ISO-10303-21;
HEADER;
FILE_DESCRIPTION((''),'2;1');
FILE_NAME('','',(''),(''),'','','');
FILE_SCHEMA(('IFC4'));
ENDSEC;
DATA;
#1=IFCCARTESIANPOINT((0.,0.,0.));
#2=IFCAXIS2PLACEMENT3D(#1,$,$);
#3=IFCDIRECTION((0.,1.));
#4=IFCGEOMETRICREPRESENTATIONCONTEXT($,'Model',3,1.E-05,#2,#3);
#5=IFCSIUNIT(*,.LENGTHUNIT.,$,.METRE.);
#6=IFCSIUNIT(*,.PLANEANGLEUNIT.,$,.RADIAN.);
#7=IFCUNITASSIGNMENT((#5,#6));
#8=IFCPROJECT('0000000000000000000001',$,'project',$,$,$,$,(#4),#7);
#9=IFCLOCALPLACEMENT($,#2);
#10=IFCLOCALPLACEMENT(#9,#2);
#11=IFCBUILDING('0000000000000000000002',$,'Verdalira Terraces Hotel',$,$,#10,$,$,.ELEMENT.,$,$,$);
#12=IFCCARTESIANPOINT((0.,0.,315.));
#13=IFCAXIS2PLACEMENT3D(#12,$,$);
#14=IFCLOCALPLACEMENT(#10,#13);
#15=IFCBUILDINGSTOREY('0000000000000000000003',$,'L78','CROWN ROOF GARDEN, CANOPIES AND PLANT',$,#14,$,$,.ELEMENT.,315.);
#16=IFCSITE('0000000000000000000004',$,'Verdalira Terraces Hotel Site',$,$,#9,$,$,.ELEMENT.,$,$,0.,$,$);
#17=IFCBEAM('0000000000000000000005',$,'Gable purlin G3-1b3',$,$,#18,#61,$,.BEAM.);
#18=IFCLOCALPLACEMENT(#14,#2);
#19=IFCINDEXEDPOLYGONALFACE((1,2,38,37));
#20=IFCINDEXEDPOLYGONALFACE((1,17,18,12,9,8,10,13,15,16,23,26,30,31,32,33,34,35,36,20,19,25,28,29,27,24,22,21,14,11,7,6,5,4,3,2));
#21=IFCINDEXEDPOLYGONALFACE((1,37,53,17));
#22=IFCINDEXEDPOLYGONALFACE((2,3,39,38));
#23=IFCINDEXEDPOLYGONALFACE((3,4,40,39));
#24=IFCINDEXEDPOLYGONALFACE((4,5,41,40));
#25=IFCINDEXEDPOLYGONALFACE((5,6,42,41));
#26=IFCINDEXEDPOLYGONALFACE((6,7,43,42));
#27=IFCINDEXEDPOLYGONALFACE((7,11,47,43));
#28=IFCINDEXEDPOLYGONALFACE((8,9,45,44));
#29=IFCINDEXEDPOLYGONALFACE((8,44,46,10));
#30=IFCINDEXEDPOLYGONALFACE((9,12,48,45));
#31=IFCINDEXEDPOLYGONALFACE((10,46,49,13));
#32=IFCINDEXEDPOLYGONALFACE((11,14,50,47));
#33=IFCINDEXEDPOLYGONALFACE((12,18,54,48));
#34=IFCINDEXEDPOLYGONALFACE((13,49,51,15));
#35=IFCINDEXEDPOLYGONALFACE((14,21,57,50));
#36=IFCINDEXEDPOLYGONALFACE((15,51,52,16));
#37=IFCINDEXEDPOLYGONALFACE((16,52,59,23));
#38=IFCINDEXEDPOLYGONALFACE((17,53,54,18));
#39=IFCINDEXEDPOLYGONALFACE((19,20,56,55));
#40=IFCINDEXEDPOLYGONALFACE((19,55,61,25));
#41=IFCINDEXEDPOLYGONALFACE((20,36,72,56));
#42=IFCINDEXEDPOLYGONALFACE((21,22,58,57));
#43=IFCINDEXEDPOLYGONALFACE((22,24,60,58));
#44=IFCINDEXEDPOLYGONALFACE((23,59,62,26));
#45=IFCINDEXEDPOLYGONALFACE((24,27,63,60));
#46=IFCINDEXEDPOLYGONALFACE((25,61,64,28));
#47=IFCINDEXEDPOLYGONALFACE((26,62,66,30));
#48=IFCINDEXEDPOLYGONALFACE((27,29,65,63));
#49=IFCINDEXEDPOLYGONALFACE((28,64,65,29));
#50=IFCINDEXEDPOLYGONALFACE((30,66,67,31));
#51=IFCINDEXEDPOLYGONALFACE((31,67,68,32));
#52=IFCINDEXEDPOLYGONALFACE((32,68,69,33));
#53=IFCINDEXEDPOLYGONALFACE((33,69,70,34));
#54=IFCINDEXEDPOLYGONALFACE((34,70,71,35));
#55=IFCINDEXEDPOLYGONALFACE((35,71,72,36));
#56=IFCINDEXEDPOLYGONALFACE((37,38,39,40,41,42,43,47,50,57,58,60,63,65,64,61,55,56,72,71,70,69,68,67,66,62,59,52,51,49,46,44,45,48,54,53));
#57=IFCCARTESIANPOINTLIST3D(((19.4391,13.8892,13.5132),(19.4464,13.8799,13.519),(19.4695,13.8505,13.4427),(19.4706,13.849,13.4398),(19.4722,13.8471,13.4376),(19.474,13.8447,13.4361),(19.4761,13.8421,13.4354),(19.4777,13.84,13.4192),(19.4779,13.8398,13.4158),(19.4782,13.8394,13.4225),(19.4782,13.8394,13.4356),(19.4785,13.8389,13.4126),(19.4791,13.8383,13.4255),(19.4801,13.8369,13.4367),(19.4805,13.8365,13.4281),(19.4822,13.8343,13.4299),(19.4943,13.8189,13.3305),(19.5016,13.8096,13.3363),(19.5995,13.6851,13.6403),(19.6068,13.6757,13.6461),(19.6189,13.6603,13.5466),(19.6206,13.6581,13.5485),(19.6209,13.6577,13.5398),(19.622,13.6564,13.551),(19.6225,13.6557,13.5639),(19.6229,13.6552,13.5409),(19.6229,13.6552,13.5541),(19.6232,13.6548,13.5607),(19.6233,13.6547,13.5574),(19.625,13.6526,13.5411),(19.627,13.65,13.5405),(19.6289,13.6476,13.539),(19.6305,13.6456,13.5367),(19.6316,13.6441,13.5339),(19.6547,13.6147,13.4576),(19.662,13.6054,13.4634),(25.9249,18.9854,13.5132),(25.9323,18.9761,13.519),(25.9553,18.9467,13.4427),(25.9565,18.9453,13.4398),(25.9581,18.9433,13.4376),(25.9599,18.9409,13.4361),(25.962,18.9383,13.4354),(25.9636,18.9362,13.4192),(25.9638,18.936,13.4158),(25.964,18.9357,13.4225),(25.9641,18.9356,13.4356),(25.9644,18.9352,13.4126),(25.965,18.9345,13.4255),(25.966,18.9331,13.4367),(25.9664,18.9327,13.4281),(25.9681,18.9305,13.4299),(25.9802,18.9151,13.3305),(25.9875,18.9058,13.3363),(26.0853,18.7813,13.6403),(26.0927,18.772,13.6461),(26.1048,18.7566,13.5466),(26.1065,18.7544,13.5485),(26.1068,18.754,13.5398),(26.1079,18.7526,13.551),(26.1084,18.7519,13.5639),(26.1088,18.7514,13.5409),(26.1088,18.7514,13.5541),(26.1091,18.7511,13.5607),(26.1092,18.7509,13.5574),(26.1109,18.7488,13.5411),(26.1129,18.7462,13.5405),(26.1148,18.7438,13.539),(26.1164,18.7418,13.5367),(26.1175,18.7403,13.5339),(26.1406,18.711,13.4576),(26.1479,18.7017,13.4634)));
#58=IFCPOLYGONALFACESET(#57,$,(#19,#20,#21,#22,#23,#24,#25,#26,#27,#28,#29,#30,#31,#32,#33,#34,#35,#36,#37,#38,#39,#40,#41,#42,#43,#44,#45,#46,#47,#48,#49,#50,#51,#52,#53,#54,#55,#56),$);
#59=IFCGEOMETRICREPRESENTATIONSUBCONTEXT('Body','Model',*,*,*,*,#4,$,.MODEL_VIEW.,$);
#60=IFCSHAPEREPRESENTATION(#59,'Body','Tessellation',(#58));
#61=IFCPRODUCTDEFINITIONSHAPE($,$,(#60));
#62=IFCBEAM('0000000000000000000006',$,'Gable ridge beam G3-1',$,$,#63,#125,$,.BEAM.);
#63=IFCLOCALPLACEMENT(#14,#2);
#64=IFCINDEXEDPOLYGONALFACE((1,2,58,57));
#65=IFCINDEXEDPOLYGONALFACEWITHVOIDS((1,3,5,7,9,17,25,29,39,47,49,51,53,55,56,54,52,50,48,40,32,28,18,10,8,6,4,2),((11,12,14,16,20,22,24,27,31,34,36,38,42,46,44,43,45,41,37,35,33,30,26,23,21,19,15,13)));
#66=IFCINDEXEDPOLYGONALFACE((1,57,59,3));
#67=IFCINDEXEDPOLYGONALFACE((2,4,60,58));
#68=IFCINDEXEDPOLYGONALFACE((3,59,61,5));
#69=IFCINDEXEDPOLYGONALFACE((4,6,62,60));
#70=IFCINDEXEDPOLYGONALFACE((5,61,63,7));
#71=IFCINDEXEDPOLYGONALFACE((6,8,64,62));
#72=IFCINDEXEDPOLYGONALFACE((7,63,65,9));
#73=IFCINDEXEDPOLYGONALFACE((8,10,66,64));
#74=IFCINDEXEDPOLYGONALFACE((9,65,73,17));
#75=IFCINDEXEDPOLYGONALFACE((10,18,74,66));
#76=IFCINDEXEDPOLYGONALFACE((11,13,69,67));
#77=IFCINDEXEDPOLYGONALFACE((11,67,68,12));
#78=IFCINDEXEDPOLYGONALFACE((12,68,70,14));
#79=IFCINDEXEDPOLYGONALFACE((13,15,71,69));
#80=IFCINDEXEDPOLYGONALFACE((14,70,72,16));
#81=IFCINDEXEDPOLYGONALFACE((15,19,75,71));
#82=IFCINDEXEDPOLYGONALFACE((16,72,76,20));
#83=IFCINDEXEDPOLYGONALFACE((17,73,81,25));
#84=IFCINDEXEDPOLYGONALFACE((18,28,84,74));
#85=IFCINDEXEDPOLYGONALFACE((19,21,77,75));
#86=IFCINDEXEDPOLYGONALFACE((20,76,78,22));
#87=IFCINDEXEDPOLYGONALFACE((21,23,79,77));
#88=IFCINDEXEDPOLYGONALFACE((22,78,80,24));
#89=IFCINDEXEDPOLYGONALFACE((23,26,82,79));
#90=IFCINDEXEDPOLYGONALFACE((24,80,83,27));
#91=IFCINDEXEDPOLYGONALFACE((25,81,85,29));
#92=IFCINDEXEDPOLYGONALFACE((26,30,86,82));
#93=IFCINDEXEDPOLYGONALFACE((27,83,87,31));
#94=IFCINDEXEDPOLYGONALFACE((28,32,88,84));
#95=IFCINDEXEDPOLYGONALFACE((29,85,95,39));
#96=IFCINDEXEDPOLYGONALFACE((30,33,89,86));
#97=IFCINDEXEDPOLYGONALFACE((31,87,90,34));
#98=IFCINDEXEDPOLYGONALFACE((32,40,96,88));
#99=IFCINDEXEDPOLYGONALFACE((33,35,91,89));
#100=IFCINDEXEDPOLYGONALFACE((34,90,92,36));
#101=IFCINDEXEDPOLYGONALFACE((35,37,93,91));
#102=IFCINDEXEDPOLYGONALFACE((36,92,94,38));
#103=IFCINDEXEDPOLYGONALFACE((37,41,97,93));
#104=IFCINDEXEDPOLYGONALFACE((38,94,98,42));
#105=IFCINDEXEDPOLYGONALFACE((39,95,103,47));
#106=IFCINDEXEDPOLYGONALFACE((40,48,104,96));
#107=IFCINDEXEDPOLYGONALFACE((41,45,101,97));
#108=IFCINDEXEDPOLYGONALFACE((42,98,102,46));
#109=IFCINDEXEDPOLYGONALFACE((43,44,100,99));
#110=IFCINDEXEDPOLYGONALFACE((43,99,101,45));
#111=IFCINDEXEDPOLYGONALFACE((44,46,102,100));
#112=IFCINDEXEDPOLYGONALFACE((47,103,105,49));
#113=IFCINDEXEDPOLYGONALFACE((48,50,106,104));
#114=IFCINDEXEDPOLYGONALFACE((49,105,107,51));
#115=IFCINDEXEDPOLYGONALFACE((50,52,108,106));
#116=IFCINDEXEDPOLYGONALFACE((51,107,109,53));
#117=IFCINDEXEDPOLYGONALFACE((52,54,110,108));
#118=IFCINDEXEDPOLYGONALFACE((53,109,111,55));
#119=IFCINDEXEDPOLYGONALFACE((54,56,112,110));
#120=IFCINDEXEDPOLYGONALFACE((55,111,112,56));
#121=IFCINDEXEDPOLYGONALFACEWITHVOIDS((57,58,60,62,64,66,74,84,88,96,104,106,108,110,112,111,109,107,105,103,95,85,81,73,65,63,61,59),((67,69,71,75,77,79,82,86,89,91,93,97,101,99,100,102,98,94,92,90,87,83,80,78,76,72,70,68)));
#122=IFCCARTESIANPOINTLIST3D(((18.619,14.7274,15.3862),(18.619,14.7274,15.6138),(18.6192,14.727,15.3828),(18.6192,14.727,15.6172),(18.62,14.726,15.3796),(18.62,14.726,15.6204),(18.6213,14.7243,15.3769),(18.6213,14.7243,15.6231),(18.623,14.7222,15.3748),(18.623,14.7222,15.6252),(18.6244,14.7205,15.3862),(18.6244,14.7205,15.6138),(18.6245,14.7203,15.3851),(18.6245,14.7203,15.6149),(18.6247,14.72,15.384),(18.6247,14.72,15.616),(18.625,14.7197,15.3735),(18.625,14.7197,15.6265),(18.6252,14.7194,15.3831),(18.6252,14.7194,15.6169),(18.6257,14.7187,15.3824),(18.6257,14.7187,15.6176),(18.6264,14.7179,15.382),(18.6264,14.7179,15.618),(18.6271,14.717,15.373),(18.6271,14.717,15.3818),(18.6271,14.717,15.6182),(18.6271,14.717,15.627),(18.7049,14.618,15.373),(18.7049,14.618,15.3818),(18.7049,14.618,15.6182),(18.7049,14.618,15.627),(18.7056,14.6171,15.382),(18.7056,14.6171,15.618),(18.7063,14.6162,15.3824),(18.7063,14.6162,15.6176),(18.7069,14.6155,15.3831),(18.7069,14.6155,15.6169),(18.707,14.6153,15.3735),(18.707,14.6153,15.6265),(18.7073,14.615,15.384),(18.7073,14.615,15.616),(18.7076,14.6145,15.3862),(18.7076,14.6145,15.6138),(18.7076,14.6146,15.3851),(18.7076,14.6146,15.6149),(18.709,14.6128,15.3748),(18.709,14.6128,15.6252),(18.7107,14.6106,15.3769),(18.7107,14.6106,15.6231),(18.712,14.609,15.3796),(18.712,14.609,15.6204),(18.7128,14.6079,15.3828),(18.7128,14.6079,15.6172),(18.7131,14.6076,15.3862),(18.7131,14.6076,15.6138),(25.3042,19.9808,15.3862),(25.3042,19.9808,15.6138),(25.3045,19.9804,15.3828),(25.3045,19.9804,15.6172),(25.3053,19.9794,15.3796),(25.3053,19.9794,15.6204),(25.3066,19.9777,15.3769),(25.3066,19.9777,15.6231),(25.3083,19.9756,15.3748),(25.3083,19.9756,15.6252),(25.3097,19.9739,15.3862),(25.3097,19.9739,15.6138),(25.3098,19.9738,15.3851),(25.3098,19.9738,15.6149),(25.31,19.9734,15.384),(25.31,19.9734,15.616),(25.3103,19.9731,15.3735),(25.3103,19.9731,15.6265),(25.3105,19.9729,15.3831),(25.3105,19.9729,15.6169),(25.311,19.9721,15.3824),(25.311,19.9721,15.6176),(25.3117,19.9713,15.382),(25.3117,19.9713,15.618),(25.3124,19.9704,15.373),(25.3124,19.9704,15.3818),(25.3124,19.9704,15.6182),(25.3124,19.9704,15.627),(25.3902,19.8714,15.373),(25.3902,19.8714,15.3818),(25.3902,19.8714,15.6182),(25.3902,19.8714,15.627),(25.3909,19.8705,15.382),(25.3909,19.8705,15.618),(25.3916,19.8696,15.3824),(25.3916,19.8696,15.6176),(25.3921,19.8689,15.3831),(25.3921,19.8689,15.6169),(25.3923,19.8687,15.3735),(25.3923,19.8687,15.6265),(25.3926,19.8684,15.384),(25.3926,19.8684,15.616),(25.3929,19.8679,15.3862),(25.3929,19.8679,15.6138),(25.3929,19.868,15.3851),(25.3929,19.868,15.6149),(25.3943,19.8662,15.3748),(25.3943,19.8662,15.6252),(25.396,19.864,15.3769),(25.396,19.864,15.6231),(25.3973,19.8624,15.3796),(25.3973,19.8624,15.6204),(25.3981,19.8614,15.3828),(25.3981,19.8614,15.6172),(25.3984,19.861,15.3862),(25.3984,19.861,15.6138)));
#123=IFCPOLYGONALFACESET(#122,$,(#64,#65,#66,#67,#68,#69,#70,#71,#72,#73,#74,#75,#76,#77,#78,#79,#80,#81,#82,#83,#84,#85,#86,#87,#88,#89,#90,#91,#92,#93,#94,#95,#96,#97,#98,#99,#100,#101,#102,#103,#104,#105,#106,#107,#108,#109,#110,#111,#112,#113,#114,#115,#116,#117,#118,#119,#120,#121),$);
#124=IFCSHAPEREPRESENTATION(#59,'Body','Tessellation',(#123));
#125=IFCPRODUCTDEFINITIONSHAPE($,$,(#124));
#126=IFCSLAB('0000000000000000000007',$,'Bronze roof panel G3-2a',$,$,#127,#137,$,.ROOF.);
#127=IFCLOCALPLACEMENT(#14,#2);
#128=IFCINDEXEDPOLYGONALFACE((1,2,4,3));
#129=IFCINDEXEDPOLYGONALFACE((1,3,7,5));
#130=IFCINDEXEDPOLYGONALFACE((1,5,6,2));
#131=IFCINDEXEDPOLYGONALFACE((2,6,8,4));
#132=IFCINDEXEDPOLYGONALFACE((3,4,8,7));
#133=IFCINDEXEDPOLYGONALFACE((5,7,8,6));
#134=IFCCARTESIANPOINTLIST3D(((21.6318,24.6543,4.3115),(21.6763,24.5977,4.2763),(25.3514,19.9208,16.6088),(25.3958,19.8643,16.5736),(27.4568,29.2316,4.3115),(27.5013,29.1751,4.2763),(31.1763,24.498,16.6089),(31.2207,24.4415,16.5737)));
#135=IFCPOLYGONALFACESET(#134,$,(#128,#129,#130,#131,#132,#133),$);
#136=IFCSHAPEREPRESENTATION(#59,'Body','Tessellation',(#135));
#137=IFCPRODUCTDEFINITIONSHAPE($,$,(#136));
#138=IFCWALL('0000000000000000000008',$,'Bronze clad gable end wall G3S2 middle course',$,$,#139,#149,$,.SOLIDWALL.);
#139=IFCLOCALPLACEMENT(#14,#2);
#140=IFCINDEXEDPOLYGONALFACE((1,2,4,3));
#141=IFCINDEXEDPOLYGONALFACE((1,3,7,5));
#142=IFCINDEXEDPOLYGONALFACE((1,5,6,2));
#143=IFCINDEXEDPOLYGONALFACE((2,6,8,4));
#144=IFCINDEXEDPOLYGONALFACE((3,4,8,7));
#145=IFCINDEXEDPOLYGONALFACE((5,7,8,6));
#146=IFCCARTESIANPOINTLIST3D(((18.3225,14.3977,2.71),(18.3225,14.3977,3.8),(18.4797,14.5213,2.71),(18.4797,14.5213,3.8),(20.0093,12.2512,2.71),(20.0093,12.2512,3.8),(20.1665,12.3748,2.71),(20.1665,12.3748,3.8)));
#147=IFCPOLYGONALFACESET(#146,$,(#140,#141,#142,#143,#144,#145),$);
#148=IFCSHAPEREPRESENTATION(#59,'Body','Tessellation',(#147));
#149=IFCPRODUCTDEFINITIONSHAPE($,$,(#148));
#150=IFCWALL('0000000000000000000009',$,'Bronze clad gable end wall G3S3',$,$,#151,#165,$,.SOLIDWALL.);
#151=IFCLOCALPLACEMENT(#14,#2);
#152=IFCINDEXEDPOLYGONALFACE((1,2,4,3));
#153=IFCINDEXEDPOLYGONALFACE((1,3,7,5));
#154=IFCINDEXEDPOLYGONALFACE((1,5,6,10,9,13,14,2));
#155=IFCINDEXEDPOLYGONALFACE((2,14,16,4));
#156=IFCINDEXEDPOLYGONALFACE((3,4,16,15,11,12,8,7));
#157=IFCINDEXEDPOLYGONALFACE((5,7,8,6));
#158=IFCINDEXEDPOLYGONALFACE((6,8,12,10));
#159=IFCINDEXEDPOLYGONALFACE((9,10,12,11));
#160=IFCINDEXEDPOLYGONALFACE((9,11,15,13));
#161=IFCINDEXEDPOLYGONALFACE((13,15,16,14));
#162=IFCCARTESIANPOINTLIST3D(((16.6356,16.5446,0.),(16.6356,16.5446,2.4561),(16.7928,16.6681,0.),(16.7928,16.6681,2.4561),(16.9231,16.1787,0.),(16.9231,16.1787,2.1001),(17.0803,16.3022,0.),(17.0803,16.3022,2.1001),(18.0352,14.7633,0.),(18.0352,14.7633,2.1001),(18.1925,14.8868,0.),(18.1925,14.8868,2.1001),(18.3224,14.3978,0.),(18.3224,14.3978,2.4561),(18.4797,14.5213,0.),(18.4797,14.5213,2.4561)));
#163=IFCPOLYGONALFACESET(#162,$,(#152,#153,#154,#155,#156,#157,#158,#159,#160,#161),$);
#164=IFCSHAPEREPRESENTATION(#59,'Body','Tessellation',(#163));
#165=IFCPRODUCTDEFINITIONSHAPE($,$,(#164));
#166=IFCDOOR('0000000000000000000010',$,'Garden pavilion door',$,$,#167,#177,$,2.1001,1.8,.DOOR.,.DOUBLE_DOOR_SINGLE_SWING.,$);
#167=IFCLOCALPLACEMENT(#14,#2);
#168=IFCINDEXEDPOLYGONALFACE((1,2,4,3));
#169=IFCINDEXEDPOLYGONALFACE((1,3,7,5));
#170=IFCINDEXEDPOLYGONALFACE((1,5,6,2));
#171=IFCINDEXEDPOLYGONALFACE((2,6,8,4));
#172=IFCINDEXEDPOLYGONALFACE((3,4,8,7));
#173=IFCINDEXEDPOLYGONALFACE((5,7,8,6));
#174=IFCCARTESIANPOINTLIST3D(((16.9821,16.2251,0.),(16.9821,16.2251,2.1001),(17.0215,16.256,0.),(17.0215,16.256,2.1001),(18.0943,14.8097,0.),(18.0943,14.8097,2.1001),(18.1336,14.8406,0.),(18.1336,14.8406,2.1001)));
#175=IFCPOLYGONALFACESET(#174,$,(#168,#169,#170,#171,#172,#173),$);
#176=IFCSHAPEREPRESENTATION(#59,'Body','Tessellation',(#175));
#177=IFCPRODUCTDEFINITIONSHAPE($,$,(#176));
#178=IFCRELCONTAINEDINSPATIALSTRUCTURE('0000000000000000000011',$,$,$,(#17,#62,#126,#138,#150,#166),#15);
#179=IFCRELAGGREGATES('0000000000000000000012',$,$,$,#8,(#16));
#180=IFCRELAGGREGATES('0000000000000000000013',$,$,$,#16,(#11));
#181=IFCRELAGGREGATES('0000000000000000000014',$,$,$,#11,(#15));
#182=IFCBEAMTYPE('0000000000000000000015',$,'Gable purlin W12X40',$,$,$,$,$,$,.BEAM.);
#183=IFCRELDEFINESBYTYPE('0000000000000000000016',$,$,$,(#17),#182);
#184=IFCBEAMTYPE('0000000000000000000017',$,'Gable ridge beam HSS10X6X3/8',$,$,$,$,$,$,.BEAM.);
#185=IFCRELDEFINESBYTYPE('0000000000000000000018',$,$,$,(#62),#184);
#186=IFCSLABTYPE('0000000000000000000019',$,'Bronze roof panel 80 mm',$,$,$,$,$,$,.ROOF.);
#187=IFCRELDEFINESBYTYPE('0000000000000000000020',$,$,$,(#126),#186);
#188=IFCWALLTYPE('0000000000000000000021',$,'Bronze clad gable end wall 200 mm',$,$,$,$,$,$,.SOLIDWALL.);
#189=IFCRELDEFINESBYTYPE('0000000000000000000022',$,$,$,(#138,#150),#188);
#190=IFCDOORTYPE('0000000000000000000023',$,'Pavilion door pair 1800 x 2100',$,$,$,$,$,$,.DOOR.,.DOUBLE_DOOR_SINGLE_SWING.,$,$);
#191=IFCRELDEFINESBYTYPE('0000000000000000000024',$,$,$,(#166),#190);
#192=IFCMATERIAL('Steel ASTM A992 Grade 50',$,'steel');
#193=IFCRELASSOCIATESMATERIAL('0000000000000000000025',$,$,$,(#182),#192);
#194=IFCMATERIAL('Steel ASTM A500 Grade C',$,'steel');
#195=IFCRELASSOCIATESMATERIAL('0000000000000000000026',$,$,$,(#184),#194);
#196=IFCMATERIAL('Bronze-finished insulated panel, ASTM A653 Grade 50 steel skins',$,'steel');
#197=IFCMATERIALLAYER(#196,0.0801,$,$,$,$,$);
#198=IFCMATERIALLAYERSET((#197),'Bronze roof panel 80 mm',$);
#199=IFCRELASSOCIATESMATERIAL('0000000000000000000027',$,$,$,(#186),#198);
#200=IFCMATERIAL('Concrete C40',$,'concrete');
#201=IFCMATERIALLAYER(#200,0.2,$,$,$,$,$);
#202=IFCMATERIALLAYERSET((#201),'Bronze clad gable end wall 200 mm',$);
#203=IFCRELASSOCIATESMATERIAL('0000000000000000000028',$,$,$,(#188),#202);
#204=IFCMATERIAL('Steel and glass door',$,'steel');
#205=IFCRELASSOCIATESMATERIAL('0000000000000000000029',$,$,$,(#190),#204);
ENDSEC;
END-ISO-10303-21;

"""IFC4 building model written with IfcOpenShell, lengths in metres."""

from ifc_helpers import new_model, si_unit, direction, frame, frame_2d, origin, origin_2d, place, context, subcontext, project, spatial, polyline, rectangle, hollow_rectangle, i_section, outline, extrude, material, layer, layer_set, material_profile, profile_set, type_object, element, fill, save


model = new_model("IFC4")

# Units and contexts
model_context = context("Model", 3, precision=1e-05, world=origin(), true_north=direction((0.0, 1.0)))
body_context = subcontext(model_context, "Body", "Model", "MODEL_VIEW")
ifc_project = project(units=[si_unit("LENGTHUNIT", "METRE"), si_unit("PLANEANGLEUNIT", "RADIAN")], contexts=[model_context])

# Site, building, storey
site_placement = place(None, origin())
site = spatial("IfcSite", under=ifc_project, at=site_placement, Name="Verdalira Terraces Hotel Site", CompositionType="ELEMENT", RefElevation=0.0)
building_placement = place(site_placement, origin())
building = spatial("IfcBuilding", under=site, at=building_placement, Name="Verdalira Terraces Hotel", CompositionType="ELEMENT")
storey_placement = place(building_placement, frame((0.0, 0.0, 315.0)))
storey = spatial("IfcBuildingStorey", under=building, at=storey_placement, Name="L78", Description="CROWN ROOF GARDEN, CANOPIES AND PLANT", CompositionType="ELEMENT", Elevation=315.0)

# Beams
ifc_material_1 = material(Name="Steel ASTM A992 Grade 50", Category="steel")
ifc_material_profile_1 = material_profile(ifc_material_1, i_section(OverallWidth=0.2034, OverallDepth=0.3022, WebThickness=0.0076, FlangeThickness=0.0132, FilletRadius=0.0129, at=origin_2d()), Name="W12X40")
ifc_profile_set_1 = profile_set([ifc_material_profile_1], Name="Steel ASTM A992 Grade 50")
beam_type_1 = type_object("IfcBeamType", Name="Gable purlin W12X40", PredefinedType="BEAM", material=ifc_profile_set_1)
for number, where, z_axis, x_axis, name in (
    (1, (19.5505, 13.7473, 13.4883), (0.786308, 0.617835, 0.0), (-0.271649, 0.345723, 0.898155), "Gable purlin G3-1b3"),
):
    element("IfcBeam", number, at=place(storey_placement, frame(where, z_axis=z_axis, x_axis=x_axis)), inside=storey, type_object=beam_type_1, Name=name, PredefinedType="BEAM", context=body_context, shape_type="SweptSolid", body=[
        extrude(i_section(OverallWidth=0.2034, OverallDepth=0.3022, WebThickness=0.0076, FlangeThickness=0.0132, FilletRadius=0.0129, at=origin_2d()), origin(), (0.0, 0.0, 1.0), 8.2485),
    ])
ifc_material_2 = material(Name="Steel ASTM A500 Grade C", Category="steel")
ifc_material_profile_2 = material_profile(ifc_material_2, hollow_rectangle(XDim=0.1523, YDim=0.2539, WallThickness=0.0088, InnerFilletRadius=0.0044, OuterFilletRadius=0.0132, at=origin_2d()), Name="HSS10X6X3/8")
ifc_profile_set_2 = profile_set([ifc_material_profile_2], Name="Steel ASTM A500 Grade C")
beam_type_2 = type_object("IfcBeamType", Name="Gable ridge beam HSS10X6X3/8", PredefinedType="BEAM", material=ifc_profile_set_2)
beam_1_placement = place(storey_placement, frame((18.666, 14.6675, 15.5), z_axis=(0.786279, 0.617871, 0.0), x_axis=(-0.617871, 0.786279, 0.0)))
element("IfcBeam", 2, at=beam_1_placement, inside=storey, type_object=beam_type_2, Name="Gable ridge beam G3-1", PredefinedType="BEAM", context=body_context, shape_type="SweptSolid", body=[
    extrude(hollow_rectangle(XDim=0.1523, YDim=0.2539, WallThickness=0.0088, InnerFilletRadius=0.0044, OuterFilletRadius=0.0132, at=origin_2d()), origin(), (0.0, 0.0, 1.0), 8.5024),
])

# Slab
ifc_material_3 = material(Name="Bronze-finished insulated panel, ASTM A653 Grade 50 steel skins", Category="steel")
ifc_layer_1 = layer(ifc_material_3, 0.0801)
ifc_layer_set_1 = layer_set([ifc_layer_1], Name="Bronze roof panel 80 mm")
slab_type = type_object("IfcSlabType", Name="Bronze roof panel 80 mm", PredefinedType="ROOF", material=ifc_layer_set_1)
slab_placement = place(storey_placement, frame((21.6318, 24.6543, 4.3115), z_axis=(-0.554938, 0.706204, 0.439681), x_axis=(0.786282, 0.617867, -0.000005)))
element("IfcSlab", 3, at=slab_placement, inside=storey, type_object=slab_type, Name="Bronze roof panel G3-2a", PredefinedType="ROOF", context=body_context, shape_type="SweptSolid", body=[
    extrude(outline(polyline([(0.0, 0.0), (7.4083, 0.0), (7.408, -13.6919), (-0.0001, -13.6918), (0.0, 0.0)])), origin(), (0.0, 0.0, -1.0), 0.0801),
])

# Wall
ifc_material_4 = material(Name="Concrete C40", Category="concrete")
ifc_layer_2 = layer(ifc_material_4, 0.2)
ifc_layer_set_2 = layer_set([ifc_layer_2], Name="Bronze clad gable end wall 200 mm")
wall_type = type_object("IfcWallType", Name="Bronze clad gable end wall 200 mm", PredefinedType="SOLIDWALL", material=ifc_layer_set_2)
wall_1_placement = place(storey_placement, frame((20.0879, 12.313, 2.71), z_axis=(0.0, 0.0, 1.0), x_axis=(-0.617877, 0.786275, 0.0)))
element("IfcWall", 4, at=wall_1_placement, inside=storey, type_object=wall_type, Name="Bronze clad gable end wall G3S2 middle course", PredefinedType="SOLIDWALL", context=body_context, shape_type="SweptSolid", body=[
    extrude(rectangle(XDim=2.73, YDim=0.2, at=frame_2d((1.365, 0.0))), origin(), (0.0, 0.0, 1.0), 1.0901),
])

# Wall, opening, door
wall_2_placement = place(storey_placement, frame((18.4011, 14.4595, 0.0), z_axis=(0.0, 0.0, 1.0), x_axis=(-0.617833, 0.786309, 0.0)))
wall_2 = element("IfcWall", 5, at=wall_2_placement, inside=storey, type_object=wall_type, Name="Bronze clad gable end wall G3S3", PredefinedType="SOLIDWALL", context=body_context, shape_type="SweptSolid", body=[
    extrude(rectangle(XDim=2.7302, YDim=0.2, at=frame_2d((1.3652, 0.0))), origin(), (0.0, 0.0, 1.0), 2.4561),
])
opening_placement = place(wall_2_placement, frame((0.4651, 0.0, 0.0)))
opening = element("IfcOpeningElement", 6, at=opening_placement, cuts=wall_2, PredefinedType="OPENING", context=body_context, shape_type="SweptSolid", body=[
    extrude(rectangle(XDim=1.8, YDim=2.1001, at=frame_2d((0.8999, 1.05))), frame((0.0, 0.1099, 0.0), z_axis=(0.0, -1.0, 0.0), x_axis=(1.0, 0.0, 0.0)), (0.0, 0.0, 1.0), 0.22),
])
ifc_material_5 = material(Name="Steel and glass door", Category="steel")
door_type = type_object("IfcDoorType", Name="Pavilion door pair 1800 x 2100", OperationType="DOUBLE_DOOR_SINGLE_SWING", PredefinedType="DOOR", material=ifc_material_5)
door_placement = place(opening_placement, origin())
door = element("IfcDoor", 7, at=door_placement, inside=storey, type_object=door_type, Name="Garden pavilion door", OperationType="DOUBLE_DOOR_SINGLE_SWING", OverallHeight=2.1001, OverallWidth=1.8, PredefinedType="DOOR", context=body_context, shape_type="SweptSolid", body=[
    extrude(rectangle(XDim=1.8, YDim=2.1001, at=frame_2d((0.8999, 1.05))), frame((0.0, 0.0249, 0.0), z_axis=(0.0, -1.0, 0.0), x_axis=(1.0, 0.0, 0.0)), (0.0, 0.0, 1.0), 0.05),
])
fill(opening, door)

save(model, "model.ifc")
